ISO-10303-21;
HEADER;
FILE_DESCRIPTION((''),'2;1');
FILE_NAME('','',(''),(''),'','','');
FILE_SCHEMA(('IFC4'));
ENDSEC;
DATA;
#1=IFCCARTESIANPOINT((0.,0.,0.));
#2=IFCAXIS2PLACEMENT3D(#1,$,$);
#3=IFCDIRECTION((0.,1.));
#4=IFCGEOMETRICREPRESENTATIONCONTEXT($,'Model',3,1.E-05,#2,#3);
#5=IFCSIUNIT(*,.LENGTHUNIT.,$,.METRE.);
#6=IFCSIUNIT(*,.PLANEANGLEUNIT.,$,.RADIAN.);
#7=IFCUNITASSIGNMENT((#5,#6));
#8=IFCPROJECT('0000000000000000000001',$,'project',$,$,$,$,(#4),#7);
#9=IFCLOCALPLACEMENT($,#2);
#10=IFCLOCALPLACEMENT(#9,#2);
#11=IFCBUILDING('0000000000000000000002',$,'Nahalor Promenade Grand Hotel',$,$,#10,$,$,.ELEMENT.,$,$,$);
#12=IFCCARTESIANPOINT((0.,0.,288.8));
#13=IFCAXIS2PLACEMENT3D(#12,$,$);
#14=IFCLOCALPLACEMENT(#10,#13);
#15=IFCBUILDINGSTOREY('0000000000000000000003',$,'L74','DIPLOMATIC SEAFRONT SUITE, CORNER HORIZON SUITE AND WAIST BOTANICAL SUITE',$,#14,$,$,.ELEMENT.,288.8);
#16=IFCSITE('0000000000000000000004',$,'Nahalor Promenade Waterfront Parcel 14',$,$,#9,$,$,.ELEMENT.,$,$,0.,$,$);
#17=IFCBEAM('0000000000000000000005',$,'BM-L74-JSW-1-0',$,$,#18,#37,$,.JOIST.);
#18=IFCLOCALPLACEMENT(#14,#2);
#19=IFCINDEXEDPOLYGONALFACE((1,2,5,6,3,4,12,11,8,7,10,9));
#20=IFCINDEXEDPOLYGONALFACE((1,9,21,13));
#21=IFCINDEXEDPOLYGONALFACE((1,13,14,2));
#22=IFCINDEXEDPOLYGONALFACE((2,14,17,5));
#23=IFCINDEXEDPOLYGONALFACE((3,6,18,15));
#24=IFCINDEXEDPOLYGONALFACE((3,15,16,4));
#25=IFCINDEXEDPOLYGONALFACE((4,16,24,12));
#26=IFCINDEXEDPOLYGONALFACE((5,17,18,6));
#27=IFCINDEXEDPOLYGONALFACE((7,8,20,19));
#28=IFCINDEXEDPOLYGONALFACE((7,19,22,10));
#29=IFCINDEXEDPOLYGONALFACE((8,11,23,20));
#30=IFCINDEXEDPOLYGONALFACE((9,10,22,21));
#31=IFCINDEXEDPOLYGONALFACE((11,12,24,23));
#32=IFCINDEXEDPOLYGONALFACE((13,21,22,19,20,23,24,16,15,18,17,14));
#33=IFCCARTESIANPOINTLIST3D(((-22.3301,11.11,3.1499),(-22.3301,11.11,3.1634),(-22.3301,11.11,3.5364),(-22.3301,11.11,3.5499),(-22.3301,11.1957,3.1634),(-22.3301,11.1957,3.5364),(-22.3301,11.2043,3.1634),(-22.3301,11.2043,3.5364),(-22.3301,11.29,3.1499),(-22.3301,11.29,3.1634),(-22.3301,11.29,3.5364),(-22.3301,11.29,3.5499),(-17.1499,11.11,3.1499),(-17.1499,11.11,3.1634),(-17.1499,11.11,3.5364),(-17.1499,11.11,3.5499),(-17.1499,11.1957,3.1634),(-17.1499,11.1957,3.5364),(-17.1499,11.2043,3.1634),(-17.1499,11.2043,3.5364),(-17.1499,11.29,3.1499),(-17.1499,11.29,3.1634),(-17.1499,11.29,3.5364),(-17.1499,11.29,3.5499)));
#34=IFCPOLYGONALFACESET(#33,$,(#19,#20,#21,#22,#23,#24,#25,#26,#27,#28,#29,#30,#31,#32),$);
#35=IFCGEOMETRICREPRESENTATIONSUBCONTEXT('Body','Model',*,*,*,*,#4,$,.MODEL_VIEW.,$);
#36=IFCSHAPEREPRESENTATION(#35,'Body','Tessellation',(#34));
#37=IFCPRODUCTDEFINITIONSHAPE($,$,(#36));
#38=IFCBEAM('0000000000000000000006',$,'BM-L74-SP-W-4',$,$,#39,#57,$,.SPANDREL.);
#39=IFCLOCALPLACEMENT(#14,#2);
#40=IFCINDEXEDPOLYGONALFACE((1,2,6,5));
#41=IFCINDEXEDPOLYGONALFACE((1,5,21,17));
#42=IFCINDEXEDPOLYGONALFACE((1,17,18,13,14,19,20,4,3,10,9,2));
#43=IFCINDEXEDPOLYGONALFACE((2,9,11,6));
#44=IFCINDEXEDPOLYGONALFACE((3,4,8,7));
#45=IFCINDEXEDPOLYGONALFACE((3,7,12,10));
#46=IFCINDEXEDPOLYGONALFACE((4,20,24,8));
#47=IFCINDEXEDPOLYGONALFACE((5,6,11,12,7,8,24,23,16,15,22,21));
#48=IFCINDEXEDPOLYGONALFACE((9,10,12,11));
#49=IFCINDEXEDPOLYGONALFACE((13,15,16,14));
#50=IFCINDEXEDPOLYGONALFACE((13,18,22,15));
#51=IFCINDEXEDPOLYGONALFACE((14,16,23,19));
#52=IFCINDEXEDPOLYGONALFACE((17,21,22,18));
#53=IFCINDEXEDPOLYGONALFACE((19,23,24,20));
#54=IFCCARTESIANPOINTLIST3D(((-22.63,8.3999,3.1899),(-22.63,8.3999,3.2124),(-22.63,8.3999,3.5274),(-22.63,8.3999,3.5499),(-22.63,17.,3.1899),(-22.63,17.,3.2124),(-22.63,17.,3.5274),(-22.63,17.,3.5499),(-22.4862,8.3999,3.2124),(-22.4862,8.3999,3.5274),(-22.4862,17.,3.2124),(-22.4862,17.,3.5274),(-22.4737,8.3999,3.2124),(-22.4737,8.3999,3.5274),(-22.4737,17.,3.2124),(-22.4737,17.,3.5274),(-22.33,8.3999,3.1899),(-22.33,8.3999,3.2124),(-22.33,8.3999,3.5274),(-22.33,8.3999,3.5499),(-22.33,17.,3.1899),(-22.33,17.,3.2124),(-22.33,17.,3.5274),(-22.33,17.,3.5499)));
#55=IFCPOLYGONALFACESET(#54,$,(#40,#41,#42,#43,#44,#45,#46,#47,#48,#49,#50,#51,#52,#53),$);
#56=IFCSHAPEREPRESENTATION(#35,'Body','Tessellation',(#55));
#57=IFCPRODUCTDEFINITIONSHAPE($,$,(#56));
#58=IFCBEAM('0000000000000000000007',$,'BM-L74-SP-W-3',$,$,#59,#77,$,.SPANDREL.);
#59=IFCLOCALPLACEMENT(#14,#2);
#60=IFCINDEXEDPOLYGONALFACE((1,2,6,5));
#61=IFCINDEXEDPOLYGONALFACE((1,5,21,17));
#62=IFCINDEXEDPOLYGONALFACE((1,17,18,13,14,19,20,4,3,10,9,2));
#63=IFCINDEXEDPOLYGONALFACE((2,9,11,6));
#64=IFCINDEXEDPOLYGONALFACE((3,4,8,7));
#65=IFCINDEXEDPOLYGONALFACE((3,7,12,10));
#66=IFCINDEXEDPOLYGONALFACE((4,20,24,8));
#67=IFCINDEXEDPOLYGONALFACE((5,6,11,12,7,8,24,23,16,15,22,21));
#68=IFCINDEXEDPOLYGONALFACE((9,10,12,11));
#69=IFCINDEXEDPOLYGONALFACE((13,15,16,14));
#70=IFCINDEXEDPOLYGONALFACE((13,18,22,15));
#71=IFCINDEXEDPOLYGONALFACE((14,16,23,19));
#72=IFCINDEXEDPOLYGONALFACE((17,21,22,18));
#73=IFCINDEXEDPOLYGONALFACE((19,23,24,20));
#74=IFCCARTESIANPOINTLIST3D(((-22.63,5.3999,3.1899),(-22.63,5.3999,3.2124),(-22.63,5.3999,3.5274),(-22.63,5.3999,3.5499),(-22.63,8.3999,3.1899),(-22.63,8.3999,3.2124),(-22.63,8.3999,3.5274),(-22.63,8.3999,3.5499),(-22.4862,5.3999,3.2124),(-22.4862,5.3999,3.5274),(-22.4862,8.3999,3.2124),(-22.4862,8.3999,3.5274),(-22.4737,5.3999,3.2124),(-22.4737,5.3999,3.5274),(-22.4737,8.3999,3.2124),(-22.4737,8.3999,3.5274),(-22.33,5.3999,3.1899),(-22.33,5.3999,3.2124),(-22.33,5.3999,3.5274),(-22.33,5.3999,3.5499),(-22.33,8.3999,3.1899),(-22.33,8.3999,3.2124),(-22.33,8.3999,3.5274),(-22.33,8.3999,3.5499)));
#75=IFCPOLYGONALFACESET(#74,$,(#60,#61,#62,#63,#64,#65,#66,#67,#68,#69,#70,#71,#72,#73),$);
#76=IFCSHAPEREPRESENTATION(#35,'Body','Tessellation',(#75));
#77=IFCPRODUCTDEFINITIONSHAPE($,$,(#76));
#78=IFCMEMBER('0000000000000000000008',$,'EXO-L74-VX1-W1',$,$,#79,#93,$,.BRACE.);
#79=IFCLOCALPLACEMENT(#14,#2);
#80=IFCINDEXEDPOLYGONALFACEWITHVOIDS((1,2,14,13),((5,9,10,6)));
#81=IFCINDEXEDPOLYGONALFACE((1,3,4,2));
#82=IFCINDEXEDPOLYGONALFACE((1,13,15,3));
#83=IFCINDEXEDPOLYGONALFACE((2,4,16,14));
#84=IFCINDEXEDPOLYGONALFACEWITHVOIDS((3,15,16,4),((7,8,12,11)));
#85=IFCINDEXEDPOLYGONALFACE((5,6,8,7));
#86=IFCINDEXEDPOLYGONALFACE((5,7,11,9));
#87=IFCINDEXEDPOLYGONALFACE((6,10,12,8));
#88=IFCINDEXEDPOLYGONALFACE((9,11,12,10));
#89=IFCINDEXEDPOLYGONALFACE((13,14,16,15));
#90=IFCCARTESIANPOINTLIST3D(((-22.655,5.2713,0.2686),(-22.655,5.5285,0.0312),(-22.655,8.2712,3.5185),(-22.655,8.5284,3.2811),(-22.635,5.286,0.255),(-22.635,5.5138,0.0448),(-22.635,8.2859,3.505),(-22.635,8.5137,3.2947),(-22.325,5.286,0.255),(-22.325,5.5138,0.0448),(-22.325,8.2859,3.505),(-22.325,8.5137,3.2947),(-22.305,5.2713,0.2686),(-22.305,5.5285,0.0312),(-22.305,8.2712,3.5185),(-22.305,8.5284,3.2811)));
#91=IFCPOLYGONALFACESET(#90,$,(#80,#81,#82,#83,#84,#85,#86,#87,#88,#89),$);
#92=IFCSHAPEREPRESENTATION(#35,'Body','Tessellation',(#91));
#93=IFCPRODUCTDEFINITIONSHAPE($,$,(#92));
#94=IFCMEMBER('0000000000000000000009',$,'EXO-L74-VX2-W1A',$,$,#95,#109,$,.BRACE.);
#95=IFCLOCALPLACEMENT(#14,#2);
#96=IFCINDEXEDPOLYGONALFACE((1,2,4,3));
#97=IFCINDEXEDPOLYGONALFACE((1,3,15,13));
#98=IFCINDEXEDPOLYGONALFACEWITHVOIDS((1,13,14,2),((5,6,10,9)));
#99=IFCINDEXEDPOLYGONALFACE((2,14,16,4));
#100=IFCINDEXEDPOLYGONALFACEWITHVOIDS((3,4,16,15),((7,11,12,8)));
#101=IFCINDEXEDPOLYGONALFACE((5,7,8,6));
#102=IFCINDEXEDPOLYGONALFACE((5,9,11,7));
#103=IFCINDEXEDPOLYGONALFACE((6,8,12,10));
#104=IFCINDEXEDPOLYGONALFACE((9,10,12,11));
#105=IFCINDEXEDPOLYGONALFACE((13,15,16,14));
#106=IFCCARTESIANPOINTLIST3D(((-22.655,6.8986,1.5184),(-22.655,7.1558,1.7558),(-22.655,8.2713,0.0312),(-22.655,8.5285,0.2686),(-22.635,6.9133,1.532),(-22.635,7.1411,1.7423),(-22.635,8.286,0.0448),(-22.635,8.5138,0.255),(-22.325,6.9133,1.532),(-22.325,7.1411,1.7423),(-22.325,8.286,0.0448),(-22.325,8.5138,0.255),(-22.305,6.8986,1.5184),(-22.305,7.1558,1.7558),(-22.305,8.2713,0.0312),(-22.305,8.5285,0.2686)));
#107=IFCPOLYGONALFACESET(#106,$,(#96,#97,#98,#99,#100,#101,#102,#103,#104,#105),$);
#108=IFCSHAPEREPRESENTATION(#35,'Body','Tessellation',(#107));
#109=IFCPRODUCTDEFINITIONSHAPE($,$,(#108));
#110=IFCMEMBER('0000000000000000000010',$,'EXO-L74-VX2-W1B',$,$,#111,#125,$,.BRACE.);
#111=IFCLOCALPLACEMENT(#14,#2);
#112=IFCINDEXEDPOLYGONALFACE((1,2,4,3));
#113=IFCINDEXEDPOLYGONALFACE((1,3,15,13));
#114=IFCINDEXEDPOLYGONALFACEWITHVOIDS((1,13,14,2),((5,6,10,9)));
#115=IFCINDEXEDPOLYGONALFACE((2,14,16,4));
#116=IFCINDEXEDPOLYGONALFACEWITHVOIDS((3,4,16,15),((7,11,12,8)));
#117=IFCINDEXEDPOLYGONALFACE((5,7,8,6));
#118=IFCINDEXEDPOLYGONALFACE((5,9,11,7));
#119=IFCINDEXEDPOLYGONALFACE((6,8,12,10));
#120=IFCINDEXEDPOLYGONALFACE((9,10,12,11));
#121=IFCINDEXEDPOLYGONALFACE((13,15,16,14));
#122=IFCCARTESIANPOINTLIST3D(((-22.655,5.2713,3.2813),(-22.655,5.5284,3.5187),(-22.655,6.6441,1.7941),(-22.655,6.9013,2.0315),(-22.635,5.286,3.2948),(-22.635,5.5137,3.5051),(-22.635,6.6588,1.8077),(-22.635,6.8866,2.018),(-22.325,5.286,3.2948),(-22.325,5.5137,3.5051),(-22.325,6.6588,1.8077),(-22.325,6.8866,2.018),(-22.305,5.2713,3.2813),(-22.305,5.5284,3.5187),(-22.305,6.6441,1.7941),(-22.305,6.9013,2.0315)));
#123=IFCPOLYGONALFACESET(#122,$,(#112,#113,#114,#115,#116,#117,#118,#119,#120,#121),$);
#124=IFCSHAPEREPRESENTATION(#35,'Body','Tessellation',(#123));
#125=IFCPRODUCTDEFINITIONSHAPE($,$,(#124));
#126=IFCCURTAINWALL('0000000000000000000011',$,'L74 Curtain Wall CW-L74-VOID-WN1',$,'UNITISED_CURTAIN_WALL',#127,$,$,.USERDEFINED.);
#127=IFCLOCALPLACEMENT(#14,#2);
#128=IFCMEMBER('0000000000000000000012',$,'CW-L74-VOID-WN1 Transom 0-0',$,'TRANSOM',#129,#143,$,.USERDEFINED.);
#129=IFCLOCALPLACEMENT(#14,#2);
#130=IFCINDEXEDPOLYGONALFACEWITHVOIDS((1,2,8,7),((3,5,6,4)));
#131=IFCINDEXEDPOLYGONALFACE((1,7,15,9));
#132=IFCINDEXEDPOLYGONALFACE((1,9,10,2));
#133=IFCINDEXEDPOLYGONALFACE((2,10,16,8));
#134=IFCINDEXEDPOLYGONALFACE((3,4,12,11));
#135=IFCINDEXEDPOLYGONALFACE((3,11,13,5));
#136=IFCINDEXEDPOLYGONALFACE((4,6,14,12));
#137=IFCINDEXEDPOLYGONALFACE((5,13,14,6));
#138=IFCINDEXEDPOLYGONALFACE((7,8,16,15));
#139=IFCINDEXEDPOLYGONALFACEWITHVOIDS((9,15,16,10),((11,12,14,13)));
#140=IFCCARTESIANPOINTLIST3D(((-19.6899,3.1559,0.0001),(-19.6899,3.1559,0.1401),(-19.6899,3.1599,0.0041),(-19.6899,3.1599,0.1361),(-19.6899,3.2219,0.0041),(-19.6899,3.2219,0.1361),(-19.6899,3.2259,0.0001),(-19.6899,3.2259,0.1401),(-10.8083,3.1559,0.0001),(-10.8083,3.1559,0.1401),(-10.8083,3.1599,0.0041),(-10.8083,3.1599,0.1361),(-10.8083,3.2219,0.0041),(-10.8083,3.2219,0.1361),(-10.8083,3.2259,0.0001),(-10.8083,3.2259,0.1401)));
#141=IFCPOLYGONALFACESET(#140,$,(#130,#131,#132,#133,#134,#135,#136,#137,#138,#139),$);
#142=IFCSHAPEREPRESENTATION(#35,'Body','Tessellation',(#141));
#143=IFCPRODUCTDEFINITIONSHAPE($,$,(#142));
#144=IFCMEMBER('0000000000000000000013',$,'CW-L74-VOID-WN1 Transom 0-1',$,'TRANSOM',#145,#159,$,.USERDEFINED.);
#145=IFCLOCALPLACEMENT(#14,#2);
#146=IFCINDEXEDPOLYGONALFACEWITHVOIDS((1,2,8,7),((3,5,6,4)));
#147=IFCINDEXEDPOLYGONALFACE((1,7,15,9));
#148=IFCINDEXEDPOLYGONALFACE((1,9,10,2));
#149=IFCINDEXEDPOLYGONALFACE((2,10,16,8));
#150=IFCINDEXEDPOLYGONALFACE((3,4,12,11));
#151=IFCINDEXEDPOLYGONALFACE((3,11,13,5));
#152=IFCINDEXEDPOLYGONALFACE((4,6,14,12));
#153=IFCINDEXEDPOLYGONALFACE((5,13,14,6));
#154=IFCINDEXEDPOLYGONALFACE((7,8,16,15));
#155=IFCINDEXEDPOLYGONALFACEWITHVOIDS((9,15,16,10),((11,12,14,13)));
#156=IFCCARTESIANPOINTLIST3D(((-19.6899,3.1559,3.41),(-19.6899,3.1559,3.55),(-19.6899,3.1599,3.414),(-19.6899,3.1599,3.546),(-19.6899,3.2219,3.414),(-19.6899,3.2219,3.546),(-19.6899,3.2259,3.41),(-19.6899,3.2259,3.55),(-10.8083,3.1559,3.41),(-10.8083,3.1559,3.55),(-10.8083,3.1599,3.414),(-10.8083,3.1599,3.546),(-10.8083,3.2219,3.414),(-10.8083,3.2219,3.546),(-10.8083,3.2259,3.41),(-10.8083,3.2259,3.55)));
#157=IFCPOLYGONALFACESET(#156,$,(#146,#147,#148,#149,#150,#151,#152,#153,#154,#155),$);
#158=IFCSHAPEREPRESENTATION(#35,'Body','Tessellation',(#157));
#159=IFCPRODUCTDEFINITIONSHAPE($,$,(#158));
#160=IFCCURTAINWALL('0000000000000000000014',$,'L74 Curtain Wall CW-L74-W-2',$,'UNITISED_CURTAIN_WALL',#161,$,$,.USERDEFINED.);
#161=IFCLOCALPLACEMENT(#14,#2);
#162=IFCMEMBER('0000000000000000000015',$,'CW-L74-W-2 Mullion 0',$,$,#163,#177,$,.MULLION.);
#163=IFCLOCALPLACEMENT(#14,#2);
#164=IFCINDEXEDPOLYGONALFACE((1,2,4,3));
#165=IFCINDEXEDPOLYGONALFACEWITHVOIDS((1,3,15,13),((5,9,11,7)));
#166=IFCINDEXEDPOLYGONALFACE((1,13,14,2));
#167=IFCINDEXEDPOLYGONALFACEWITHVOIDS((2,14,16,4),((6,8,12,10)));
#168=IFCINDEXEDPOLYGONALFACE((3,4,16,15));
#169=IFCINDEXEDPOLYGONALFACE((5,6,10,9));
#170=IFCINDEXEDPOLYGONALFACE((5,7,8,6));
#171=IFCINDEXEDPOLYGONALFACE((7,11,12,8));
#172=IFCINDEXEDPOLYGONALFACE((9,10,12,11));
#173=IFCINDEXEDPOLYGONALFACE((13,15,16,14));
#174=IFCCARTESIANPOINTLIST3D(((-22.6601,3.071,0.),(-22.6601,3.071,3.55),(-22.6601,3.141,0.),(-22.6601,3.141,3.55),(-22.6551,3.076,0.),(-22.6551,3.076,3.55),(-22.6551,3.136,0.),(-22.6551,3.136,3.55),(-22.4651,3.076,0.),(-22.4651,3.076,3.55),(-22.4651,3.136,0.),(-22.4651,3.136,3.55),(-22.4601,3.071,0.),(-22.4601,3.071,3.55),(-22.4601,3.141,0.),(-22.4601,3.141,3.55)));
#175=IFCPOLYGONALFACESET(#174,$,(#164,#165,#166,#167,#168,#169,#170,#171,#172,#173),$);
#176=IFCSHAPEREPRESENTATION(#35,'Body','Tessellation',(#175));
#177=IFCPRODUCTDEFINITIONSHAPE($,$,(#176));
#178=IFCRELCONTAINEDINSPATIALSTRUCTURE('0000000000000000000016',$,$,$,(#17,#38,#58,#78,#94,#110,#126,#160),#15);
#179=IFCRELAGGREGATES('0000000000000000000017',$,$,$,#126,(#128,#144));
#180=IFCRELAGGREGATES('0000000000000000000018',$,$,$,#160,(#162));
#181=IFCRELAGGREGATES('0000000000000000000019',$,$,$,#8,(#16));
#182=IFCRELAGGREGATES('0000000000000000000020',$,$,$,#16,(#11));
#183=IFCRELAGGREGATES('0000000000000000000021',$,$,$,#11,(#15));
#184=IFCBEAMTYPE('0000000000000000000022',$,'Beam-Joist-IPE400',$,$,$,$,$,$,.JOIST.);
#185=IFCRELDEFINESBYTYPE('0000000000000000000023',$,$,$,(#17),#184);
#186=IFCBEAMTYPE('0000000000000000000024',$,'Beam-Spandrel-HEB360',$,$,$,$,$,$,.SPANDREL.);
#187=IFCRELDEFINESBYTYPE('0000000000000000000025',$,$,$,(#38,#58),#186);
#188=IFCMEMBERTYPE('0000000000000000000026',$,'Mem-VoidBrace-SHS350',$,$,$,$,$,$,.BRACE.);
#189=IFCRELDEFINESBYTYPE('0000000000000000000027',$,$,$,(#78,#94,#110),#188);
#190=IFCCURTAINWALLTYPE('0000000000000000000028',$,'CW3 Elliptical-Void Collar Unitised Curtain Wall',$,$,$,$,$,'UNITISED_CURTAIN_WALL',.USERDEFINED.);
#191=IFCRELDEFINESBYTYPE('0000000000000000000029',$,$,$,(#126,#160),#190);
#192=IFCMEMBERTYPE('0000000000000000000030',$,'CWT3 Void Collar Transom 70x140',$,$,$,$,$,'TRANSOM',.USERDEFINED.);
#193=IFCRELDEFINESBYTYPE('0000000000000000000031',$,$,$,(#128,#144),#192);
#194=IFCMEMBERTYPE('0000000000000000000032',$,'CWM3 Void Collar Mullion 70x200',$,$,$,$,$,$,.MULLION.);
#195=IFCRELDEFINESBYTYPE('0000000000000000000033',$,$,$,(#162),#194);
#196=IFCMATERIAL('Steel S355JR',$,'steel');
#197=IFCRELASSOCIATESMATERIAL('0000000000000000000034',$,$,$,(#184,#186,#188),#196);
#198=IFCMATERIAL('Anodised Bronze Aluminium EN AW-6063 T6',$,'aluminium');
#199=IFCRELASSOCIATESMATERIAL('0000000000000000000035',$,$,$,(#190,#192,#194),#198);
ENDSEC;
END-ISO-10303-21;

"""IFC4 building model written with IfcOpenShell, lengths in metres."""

from ifc_helpers import new_model, si_unit, direction, frame, origin, origin_2d, place, context, subcontext, project, spatial, hollow_rectangle, i_section, extrude, source, transform, mapped, material, material_profile, profile_set, type_object, element, aggregate, save


model = new_model("IFC4")

# Units and contexts
model_context = context("Model", 3, precision=1e-05, world=origin(), true_north=direction((0.0, 1.0)))
body_context = subcontext(model_context, "Body", "Model", "MODEL_VIEW")
ifc_project = project(units=[si_unit("LENGTHUNIT", "METRE"), si_unit("PLANEANGLEUNIT", "RADIAN")], contexts=[model_context])

# Site, building, storey
site_placement = place(None, origin())
site = spatial("IfcSite", under=ifc_project, at=site_placement, Name="Nahalor Promenade Waterfront Parcel 14", CompositionType="ELEMENT", RefElevation=0.0)
building_placement = place(site_placement, origin())
building = spatial("IfcBuilding", under=site, at=building_placement, Name="Nahalor Promenade Grand Hotel", CompositionType="ELEMENT")
storey_placement = place(building_placement, frame((0.0, 0.0, 288.8)))
storey = spatial("IfcBuildingStorey", under=building, at=storey_placement, Name="L74", Description="DIPLOMATIC SEAFRONT SUITE, CORNER HORIZON SUITE AND WAIST BOTANICAL SUITE", CompositionType="ELEMENT", Elevation=288.8)

# Shared definitions
ifc_material_1 = material(Name="Steel S355JR", Category="steel")

# Beams
ifc_material_profile_1 = material_profile(ifc_material_1, i_section(OverallWidth=0.18, OverallDepth=0.4, WebThickness=0.0086, FlangeThickness=0.0135, at=origin_2d()), Name="IPE 400")
ifc_profile_set_1 = profile_set([ifc_material_profile_1], Name="Steel S355JR")
beam_type_1 = type_object("IfcBeamType", Name="Beam-Joist-IPE400", PredefinedType="JOIST", material=ifc_profile_set_1)
shared_shape_1 = source(origin(), body_context, "Body", "SweptSolid", [
    extrude(i_section(OverallWidth=0.18, OverallDepth=0.4, WebThickness=0.0086, FlangeThickness=0.0135, at=origin_2d()), origin(), (0.0, 0.0, 1.0), 5.1802),
])
beam_1_placement = place(storey_placement, frame((-22.3301, 11.2, 3.3499), z_axis=(1.0, 0.0, 0.0), x_axis=(0.0, 1.0, 0.0)))
element("IfcBeam", 1, at=beam_1_placement, inside=storey, type_object=beam_type_1, Name="BM-L74-JSW-1-0", PredefinedType="JOIST", context=body_context, shape_type="MappedRepresentation", body=[
    mapped(shared_shape_1, transform((0.0, 0.0, 0.0), scale=1.0)),
])
ifc_material_profile_2 = material_profile(ifc_material_1, i_section(OverallWidth=0.3, OverallDepth=0.36, WebThickness=0.0125, FlangeThickness=0.0225, at=origin_2d()), Name="HEB 360")
ifc_profile_set_2 = profile_set([ifc_material_profile_2], Name="Steel S355JR")
beam_type_2 = type_object("IfcBeamType", Name="Beam-Spandrel-HEB360", PredefinedType="SPANDREL", material=ifc_profile_set_2)
shared_shape_2 = source(origin(), body_context, "Body", "SweptSolid", [
    extrude(i_section(OverallWidth=0.3, OverallDepth=0.36, WebThickness=0.0125, FlangeThickness=0.0225, at=origin_2d()), origin(), (0.0, 0.0, 1.0), 8.6001),
])
beam_2_placement = place(storey_placement, frame((-22.48, 8.3999, 3.3699), z_axis=(0.0, 1.0, 0.0), x_axis=(-1.0, 0.0, 0.0)))
element("IfcBeam", 2, at=beam_2_placement, inside=storey, type_object=beam_type_2, Name="BM-L74-SP-W-4", PredefinedType="SPANDREL", context=body_context, shape_type="MappedRepresentation", body=[
    mapped(shared_shape_2, transform((0.0, 0.0, 0.0), scale=1.0)),
])
shared_shape_3 = source(origin(), body_context, "Body", "SweptSolid", [
    extrude(i_section(OverallWidth=0.3, OverallDepth=0.36, WebThickness=0.0125, FlangeThickness=0.0225, at=origin_2d()), origin(), (0.0, 0.0, 1.0), 3.0),
])
beam_3_placement = place(storey_placement, frame((-22.48, 5.3999, 3.3699), z_axis=(0.0, 1.0, 0.0), x_axis=(-1.0, 0.0, 0.0)))
element("IfcBeam", 3, at=beam_3_placement, inside=storey, type_object=beam_type_2, Name="BM-L74-SP-W-3", PredefinedType="SPANDREL", context=body_context, shape_type="MappedRepresentation", body=[
    mapped(shared_shape_3, transform((0.0, 0.0, 0.0), scale=1.0)),
])

# Members
ifc_material_profile_3 = material_profile(ifc_material_1, hollow_rectangle(XDim=0.35, YDim=0.35, WallThickness=0.02, at=origin_2d()), Name="SHS 350x350x20")
ifc_profile_set_3 = profile_set([ifc_material_profile_3], Name="Steel S355JR")
member_type_1 = type_object("IfcMemberType", Name="Mem-VoidBrace-SHS350", PredefinedType="BRACE", material=ifc_profile_set_3)
shared_shape_4 = source(origin(), body_context, "Body", "SweptSolid", [
    extrude(hollow_rectangle(XDim=0.35, YDim=0.35, WallThickness=0.02, at=origin_2d()), origin(), (0.0, 0.0, 1.0), 4.4229),
])
member_1_placement = place(storey_placement, frame((-22.48, 5.3999, 0.1499), z_axis=(0.0, 0.67828, 0.734803), x_axis=(-1.0, 0.0, 0.0)))
element("IfcMember", 4, at=member_1_placement, inside=storey, type_object=member_type_1, Name="EXO-L74-VX1-W1", PredefinedType="BRACE", context=body_context, shape_type="MappedRepresentation", body=[
    mapped(shared_shape_4, transform((0.0, 0.0, 0.0), scale=1.0)),
])
shared_shape_5 = source(origin(), body_context, "Body", "SweptSolid", [
    extrude(hollow_rectangle(XDim=0.35, YDim=0.35, WallThickness=0.02, at=origin_2d()), origin(), (0.0, 0.0, 1.0), 2.0239),
])
for number, where, z_axis, x_axis, name in (
    (5, (-22.48, 8.3999, 0.1499), (0.0, -0.678255, 0.734827), (1.0, 0.0, 0.0), "EXO-L74-VX2-W1A"),
    (6, (-22.48, 6.7727, 1.9128), (0.0, -0.678315, 0.734771), (1.0, 0.0, 0.0), "EXO-L74-VX2-W1B"),
):
    element("IfcMember", number, at=place(storey_placement, frame(where, z_axis=z_axis, x_axis=x_axis)), inside=storey, type_object=member_type_1, Name=name, PredefinedType="BRACE", context=body_context, shape_type="MappedRepresentation", body=[
        mapped(shared_shape_5, transform((0.0, 0.0, 0.0), scale=1.0)),
    ])

# Curtain walls, members
ifc_material_2 = material(Name="Anodised Bronze Aluminium EN AW-6063 T6", Category="aluminium")
curtain_wall_type = type_object("IfcCurtainWallType", Name="CW3 Elliptical-Void Collar Unitised Curtain Wall", ElementType="UNITISED_CURTAIN_WALL", PredefinedType="USERDEFINED", material=ifc_material_2)
curtain_wall_1_placement = place(storey_placement, origin())
curtain_wall_1 = element("IfcCurtainWall", 7, at=curtain_wall_1_placement, inside=storey, type_object=curtain_wall_type, Name="L74 Curtain Wall CW-L74-VOID-WN1", ObjectType="UNITISED_CURTAIN_WALL", PredefinedType="USERDEFINED")
ifc_material_profile_4 = material_profile(ifc_material_2, hollow_rectangle(XDim=0.07, YDim=0.14, WallThickness=0.004, at=origin_2d()), Name="CWT 70x140x4")
ifc_profile_set_4 = profile_set([ifc_material_profile_4], Name="Anodised Bronze Aluminium EN AW-6063 T6")
member_type_2 = type_object("IfcMemberType", Name="CWT3 Void Collar Transom 70x140", ElementType="TRANSOM", PredefinedType="USERDEFINED", material=ifc_profile_set_4)
shared_shape_6 = source(origin(), body_context, "Body", "SweptSolid", [
    extrude(hollow_rectangle(XDim=0.07, YDim=0.14, WallThickness=0.004, at=origin_2d()), origin(), (0.0, 0.0, 1.0), 8.8816),
])
member_2_placement = place(storey_placement, frame((-19.6899, 3.1909, 0.0701), z_axis=(1.0, 0.0, 0.0), x_axis=(0.0, 1.0, 0.0)))
member_2 = element("IfcMember", 8, at=member_2_placement, type_object=member_type_2, Name="CW-L74-VOID-WN1 Transom 0-0", ObjectType="TRANSOM", PredefinedType="USERDEFINED", context=body_context, shape_type="MappedRepresentation", body=[
    mapped(shared_shape_6, transform((0.0, 0.0, 0.0), scale=1.0)),
])
member_3_placement = place(storey_placement, frame((-19.6899, 3.1909, 3.48), z_axis=(1.0, 0.0, 0.0), x_axis=(0.0, 1.0, 0.0)))
member_3 = element("IfcMember", 9, at=member_3_placement, type_object=member_type_2, Name="CW-L74-VOID-WN1 Transom 0-1", ObjectType="TRANSOM", PredefinedType="USERDEFINED", context=body_context, shape_type="MappedRepresentation", body=[
    mapped(shared_shape_6, transform((0.0, 0.0, 0.0), scale=1.0)),
])
curtain_wall_2_placement = place(storey_placement, origin())
curtain_wall_2 = element("IfcCurtainWall", 10, at=curtain_wall_2_placement, inside=storey, type_object=curtain_wall_type, Name="L74 Curtain Wall CW-L74-W-2", ObjectType="UNITISED_CURTAIN_WALL", PredefinedType="USERDEFINED")
ifc_material_profile_5 = material_profile(ifc_material_2, hollow_rectangle(XDim=0.07, YDim=0.2, WallThickness=0.005, at=origin_2d()), Name="CWM 70x200x5")
ifc_profile_set_5 = profile_set([ifc_material_profile_5], Name="Anodised Bronze Aluminium EN AW-6063 T6")
member_type_3 = type_object("IfcMemberType", Name="CWM3 Void Collar Mullion 70x200", PredefinedType="MULLION", material=ifc_profile_set_5)
shared_shape_7 = source(origin(), body_context, "Body", "SweptSolid", [
    extrude(hollow_rectangle(XDim=0.07, YDim=0.2, WallThickness=0.005, at=origin_2d()), origin(), (0.0, 0.0, 1.0), 3.55),
])
member_4_placement = place(storey_placement, frame((-22.5601, 3.106, 0.0), z_axis=(0.0, 0.0, 1.0), x_axis=(0.0, 1.0, 0.0)))
member_4 = element("IfcMember", 11, at=member_4_placement, type_object=member_type_3, Name="CW-L74-W-2 Mullion 0", PredefinedType="MULLION", context=body_context, shape_type="MappedRepresentation", body=[
    mapped(shared_shape_7, transform((0.0, 0.0, 0.0), scale=1.0)),
])

aggregate(curtain_wall_1, [member_2, member_3])

aggregate(curtain_wall_2, [member_4])

save(model, "model.ifc")
